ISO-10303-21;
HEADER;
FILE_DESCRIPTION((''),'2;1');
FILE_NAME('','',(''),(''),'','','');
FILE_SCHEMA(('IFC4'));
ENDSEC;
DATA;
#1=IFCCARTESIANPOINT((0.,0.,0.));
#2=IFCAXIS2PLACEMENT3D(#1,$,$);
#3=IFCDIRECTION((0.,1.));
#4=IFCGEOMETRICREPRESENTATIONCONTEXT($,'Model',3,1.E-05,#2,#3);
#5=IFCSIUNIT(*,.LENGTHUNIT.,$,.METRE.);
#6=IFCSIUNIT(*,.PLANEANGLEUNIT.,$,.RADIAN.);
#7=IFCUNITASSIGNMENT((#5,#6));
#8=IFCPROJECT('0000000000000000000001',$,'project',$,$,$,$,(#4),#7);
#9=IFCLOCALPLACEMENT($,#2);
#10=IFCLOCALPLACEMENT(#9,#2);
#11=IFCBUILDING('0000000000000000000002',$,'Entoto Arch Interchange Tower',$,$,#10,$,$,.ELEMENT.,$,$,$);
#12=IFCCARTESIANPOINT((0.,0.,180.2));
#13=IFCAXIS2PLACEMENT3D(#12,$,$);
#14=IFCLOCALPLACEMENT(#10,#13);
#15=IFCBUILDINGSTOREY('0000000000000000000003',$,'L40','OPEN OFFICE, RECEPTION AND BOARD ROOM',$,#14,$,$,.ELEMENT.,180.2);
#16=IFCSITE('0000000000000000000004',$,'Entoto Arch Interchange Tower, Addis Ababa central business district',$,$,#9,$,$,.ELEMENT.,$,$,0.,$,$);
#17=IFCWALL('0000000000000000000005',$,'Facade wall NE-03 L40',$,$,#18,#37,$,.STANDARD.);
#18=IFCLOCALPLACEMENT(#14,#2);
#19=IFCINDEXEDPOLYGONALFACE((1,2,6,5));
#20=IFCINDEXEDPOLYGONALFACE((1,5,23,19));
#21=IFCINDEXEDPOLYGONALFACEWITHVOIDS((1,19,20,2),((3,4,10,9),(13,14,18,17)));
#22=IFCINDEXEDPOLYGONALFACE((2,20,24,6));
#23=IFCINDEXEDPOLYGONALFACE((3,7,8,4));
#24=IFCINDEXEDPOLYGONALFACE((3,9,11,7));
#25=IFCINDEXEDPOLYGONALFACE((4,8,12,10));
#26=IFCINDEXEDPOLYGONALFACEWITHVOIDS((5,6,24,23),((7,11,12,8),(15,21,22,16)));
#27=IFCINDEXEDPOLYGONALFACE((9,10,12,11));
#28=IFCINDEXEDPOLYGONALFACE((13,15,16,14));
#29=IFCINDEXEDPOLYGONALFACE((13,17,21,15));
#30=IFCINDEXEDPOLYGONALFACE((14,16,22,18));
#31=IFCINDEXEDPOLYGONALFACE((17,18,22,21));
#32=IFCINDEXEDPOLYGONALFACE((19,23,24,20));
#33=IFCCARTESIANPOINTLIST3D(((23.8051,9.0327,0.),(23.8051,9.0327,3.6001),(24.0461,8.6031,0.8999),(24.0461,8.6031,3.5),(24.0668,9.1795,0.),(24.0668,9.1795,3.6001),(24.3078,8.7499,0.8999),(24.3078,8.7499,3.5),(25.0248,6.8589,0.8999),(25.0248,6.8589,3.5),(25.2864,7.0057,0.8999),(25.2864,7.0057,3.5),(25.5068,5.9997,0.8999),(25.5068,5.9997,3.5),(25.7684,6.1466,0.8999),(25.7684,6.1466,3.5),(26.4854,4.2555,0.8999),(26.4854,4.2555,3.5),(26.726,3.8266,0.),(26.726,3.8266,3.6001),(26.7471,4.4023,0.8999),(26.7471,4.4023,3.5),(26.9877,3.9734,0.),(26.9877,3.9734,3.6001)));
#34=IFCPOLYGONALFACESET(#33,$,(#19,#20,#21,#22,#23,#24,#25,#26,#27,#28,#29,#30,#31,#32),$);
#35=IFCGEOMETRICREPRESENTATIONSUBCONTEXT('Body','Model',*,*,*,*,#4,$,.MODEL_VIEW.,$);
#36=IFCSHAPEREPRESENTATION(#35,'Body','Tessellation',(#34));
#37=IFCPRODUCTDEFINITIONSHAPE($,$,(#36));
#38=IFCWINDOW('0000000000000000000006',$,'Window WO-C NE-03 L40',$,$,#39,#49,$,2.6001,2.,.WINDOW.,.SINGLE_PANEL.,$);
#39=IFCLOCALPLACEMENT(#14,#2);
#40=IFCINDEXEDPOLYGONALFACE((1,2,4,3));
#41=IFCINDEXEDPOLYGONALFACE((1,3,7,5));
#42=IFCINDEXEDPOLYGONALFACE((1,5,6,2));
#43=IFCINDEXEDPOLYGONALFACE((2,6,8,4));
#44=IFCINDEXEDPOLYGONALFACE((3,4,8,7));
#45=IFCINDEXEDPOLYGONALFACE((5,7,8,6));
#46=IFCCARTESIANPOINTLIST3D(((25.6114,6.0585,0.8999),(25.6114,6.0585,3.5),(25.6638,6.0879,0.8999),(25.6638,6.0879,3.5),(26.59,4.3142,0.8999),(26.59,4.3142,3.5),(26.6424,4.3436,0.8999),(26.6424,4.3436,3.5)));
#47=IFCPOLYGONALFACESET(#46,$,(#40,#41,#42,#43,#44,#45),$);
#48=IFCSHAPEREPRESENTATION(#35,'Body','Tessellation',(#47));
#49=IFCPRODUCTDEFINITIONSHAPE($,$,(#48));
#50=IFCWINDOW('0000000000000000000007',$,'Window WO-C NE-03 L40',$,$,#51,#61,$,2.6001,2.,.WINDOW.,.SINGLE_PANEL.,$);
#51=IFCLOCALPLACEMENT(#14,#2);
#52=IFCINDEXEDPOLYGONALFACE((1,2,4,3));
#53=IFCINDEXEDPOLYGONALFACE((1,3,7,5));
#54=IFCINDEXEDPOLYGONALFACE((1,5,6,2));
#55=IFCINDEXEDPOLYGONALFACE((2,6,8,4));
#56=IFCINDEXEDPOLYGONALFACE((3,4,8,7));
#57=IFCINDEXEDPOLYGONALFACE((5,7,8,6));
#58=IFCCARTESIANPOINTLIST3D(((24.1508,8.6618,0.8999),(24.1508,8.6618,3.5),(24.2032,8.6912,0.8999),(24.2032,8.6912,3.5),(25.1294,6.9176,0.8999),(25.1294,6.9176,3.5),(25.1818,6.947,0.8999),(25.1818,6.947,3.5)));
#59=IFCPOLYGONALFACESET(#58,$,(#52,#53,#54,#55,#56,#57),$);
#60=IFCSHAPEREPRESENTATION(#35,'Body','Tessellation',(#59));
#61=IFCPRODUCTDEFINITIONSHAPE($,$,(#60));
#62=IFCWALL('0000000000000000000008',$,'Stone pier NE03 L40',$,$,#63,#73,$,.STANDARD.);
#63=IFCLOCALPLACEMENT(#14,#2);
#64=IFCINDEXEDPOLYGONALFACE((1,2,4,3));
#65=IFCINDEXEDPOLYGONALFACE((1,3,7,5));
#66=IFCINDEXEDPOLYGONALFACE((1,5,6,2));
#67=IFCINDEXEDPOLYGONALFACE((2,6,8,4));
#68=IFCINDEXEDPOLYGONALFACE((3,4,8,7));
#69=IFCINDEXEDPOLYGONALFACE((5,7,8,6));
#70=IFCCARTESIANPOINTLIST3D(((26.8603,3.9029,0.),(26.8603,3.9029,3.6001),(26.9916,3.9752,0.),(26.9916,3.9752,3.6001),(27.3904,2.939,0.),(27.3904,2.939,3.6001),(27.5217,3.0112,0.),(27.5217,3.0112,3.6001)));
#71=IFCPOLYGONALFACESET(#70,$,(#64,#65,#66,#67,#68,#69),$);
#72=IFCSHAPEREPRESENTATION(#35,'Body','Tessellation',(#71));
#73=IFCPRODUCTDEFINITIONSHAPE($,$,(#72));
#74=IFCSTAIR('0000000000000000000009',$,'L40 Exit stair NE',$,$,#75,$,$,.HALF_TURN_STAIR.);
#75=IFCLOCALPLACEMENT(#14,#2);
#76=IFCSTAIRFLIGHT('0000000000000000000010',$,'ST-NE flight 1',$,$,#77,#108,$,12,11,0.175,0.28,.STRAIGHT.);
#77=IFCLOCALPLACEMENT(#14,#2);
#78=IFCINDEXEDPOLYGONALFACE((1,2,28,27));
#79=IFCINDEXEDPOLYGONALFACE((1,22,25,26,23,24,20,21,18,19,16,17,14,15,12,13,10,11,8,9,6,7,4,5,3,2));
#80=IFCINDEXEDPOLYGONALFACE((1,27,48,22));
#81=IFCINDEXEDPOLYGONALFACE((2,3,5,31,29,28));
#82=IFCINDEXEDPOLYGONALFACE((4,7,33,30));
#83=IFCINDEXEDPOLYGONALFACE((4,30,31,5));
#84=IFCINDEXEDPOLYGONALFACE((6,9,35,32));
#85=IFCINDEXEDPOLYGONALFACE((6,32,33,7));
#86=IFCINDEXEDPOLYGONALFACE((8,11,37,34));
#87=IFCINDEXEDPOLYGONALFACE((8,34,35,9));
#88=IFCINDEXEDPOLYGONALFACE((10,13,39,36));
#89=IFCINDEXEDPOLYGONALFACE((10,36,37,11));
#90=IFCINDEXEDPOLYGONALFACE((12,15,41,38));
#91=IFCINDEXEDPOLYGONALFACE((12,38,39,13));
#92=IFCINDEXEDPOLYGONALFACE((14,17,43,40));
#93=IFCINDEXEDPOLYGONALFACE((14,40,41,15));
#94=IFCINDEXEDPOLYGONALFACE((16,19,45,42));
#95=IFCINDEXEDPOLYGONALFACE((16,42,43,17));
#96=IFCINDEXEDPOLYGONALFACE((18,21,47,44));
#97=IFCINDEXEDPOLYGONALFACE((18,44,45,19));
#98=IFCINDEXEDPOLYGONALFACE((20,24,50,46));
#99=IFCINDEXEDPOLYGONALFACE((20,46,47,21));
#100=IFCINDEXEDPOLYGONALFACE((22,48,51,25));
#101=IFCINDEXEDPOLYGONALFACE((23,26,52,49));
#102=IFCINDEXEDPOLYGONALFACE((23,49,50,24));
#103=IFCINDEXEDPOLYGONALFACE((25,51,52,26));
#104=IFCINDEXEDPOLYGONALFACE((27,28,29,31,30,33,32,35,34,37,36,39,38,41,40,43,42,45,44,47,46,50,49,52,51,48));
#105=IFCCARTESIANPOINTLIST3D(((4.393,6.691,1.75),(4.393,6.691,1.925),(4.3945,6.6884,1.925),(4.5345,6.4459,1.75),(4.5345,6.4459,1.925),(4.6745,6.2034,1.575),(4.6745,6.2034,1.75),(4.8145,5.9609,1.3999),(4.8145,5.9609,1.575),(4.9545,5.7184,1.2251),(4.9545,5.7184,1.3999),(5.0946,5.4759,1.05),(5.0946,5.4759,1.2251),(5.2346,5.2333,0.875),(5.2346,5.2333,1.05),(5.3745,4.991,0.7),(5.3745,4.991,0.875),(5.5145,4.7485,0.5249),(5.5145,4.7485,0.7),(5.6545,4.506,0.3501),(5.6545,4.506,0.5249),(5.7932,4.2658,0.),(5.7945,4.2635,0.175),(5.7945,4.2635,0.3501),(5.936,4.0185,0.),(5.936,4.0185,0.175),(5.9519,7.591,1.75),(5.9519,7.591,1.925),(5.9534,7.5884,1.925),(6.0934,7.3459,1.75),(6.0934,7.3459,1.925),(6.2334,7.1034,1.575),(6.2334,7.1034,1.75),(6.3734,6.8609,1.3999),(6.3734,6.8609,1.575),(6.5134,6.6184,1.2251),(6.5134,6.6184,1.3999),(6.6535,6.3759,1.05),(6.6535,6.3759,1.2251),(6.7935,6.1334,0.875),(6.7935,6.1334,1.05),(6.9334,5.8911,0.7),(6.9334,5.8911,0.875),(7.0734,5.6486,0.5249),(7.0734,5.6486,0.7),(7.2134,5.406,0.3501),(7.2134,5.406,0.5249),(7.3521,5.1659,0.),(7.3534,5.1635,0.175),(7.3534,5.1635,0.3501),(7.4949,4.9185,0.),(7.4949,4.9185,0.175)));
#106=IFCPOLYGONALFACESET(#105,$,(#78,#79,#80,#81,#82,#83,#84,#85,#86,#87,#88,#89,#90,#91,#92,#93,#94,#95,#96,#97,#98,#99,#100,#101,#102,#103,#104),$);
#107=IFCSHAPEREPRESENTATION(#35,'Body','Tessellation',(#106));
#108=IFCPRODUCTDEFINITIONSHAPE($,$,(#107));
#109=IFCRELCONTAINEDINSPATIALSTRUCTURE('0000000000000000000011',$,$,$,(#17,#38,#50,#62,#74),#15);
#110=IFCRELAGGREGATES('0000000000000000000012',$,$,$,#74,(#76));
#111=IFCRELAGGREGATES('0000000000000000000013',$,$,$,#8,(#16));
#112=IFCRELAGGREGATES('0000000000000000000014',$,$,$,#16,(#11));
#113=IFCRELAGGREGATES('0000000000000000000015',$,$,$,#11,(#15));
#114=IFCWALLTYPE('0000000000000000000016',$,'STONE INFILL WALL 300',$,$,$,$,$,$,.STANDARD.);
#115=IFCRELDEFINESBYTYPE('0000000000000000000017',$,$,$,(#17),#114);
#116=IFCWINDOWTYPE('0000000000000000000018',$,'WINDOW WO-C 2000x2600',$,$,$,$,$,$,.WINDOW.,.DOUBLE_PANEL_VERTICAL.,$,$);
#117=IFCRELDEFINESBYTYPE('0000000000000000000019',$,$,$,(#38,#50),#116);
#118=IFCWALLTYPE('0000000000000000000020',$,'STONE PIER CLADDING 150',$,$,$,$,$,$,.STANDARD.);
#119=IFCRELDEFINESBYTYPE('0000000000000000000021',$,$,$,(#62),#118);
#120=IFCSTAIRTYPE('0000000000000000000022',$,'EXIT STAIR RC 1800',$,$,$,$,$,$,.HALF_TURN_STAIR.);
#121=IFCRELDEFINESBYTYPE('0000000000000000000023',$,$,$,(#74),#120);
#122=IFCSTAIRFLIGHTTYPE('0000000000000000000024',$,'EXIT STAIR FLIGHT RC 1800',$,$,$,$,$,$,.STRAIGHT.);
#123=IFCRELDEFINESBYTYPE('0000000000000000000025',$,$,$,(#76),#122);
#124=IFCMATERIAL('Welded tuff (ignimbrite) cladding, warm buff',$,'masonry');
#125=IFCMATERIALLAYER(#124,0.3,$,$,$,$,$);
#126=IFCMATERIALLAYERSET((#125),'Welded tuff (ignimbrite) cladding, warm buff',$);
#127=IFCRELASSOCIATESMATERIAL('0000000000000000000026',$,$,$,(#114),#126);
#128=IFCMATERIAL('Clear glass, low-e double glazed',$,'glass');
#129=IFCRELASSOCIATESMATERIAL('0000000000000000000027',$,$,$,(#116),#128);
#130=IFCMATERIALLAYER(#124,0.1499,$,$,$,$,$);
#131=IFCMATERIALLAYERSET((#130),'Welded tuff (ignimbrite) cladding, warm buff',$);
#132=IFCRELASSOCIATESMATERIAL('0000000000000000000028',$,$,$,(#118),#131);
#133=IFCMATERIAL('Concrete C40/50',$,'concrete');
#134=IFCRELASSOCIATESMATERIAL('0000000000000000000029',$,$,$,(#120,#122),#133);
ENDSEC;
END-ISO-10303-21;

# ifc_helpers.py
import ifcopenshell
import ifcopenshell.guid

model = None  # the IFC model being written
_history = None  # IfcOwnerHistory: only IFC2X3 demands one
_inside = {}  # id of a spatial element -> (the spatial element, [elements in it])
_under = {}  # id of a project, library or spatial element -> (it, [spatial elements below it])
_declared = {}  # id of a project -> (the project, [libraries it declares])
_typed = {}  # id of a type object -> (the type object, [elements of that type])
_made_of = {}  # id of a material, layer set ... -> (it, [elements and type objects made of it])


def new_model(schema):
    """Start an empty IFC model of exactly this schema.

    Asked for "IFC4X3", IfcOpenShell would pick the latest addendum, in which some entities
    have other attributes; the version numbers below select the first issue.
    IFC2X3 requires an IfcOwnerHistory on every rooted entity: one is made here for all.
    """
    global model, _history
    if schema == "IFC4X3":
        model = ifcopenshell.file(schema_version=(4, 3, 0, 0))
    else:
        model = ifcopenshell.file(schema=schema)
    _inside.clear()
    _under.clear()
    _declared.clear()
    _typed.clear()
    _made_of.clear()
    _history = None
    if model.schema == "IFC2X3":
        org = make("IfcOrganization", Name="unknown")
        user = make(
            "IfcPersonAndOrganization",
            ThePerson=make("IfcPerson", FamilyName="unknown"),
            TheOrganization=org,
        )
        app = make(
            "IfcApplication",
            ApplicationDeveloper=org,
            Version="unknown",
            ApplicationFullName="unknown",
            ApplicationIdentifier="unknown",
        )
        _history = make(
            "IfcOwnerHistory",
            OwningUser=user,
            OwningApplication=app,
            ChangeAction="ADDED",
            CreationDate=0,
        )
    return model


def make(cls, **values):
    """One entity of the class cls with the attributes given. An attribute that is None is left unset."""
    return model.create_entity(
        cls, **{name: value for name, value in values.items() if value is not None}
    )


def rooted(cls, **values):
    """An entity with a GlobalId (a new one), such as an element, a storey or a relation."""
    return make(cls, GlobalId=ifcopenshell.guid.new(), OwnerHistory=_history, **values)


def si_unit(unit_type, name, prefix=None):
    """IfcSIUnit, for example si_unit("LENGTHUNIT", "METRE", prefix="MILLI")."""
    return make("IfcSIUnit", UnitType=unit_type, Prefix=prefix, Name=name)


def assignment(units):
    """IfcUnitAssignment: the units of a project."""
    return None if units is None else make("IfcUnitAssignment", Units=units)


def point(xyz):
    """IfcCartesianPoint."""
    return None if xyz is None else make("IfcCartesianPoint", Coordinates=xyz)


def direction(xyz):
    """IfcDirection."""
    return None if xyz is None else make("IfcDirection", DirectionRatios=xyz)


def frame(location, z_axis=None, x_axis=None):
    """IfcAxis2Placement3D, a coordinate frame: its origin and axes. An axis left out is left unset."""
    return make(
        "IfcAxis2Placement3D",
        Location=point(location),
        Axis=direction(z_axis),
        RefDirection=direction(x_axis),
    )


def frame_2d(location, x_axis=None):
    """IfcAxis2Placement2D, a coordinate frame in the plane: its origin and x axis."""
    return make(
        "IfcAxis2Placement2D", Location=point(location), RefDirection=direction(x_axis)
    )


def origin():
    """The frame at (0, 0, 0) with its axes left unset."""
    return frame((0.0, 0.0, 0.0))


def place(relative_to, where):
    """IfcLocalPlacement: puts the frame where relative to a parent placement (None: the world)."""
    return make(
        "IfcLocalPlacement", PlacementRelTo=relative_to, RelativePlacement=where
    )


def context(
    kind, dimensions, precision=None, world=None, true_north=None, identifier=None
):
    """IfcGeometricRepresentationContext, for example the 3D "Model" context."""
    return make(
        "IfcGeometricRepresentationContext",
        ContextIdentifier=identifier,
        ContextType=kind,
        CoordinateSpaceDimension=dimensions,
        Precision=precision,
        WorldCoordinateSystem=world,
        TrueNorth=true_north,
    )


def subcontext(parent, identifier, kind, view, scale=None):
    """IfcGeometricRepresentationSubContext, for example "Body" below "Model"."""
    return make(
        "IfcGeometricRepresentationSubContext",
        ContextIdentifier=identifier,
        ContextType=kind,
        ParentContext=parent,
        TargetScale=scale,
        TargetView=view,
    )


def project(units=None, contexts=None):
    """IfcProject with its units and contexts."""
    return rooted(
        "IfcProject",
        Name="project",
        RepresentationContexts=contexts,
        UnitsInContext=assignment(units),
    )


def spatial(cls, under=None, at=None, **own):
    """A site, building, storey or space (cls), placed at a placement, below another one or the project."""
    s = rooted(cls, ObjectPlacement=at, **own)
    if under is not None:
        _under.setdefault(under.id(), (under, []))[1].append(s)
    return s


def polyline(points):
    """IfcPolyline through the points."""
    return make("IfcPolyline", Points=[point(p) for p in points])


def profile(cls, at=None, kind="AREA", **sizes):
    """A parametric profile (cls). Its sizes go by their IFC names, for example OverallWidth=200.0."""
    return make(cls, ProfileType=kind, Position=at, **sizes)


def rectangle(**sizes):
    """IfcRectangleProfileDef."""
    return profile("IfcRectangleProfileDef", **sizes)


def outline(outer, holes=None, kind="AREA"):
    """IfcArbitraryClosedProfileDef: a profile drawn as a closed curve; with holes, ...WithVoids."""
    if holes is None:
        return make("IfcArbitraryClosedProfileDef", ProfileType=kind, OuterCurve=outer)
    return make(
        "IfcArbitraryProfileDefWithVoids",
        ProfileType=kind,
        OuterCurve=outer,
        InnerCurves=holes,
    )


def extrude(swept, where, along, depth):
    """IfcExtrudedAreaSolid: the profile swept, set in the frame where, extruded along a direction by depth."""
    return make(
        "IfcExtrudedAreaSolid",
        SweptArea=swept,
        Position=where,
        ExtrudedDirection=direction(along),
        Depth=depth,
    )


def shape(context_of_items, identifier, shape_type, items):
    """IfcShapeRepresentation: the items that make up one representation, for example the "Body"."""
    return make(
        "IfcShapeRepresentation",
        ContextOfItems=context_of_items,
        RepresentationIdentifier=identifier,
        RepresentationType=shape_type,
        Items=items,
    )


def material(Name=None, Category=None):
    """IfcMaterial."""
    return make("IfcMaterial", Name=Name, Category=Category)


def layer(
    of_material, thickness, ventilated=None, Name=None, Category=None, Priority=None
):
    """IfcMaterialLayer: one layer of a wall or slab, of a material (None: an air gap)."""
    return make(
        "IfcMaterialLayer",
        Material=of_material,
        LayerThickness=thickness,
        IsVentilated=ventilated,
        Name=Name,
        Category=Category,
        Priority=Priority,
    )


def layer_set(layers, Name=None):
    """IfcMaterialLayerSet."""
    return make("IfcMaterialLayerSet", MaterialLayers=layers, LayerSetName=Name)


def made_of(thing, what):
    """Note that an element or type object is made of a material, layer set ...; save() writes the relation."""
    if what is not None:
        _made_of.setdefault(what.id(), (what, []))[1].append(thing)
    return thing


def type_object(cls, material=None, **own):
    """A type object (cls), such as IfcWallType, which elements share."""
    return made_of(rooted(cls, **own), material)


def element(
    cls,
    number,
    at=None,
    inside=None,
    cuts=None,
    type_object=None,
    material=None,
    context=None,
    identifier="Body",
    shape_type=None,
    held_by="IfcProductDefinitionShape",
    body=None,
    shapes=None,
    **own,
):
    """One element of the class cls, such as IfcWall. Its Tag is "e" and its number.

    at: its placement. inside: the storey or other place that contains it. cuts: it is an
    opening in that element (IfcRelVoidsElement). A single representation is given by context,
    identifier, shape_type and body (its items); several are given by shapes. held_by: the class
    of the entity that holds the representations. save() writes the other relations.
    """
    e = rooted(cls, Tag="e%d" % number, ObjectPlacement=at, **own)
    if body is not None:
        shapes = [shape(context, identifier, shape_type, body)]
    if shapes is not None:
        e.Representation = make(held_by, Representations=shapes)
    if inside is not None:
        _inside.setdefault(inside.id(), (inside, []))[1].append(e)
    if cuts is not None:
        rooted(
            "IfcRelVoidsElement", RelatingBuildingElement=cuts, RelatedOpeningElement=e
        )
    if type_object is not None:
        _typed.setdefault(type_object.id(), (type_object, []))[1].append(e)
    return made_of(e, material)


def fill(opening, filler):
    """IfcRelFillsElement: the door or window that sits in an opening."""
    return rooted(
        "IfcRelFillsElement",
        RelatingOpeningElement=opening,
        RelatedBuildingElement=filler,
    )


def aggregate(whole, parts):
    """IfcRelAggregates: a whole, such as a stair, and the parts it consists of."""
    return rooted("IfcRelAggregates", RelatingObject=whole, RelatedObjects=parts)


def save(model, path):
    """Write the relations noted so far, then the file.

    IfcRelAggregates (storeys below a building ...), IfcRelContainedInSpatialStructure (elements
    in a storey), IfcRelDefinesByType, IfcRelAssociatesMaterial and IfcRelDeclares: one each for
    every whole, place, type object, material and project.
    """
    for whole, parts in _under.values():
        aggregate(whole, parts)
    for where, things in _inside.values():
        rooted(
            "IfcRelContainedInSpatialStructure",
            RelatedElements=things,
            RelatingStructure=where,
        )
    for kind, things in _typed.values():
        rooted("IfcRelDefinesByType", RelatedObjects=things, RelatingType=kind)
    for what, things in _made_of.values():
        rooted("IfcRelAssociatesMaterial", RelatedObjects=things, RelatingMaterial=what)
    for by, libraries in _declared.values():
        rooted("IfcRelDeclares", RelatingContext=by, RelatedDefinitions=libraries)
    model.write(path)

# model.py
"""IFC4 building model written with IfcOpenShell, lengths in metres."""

from ifc_helpers import new_model, si_unit, direction, frame, frame_2d, origin, place, context, subcontext, project, spatial, polyline, rectangle, outline, extrude, material, layer, layer_set, type_object, element, fill, aggregate, save


model = new_model("IFC4")

# Units and contexts
model_context = context("Model", 3, precision=1e-05, world=origin(), true_north=direction((0.0, 1.0)))
body_context = subcontext(model_context, "Body", "Model", "MODEL_VIEW")
ifc_project = project(units=[si_unit("LENGTHUNIT", "METRE"), si_unit("PLANEANGLEUNIT", "RADIAN")], contexts=[model_context])

# Site, building, storey
site_placement = place(None, origin())
site = spatial("IfcSite", under=ifc_project, at=site_placement, Name="Entoto Arch Interchange Tower, Addis Ababa central business district", CompositionType="ELEMENT", RefElevation=0.0)
building_placement = place(site_placement, origin())
building = spatial("IfcBuilding", under=site, at=building_placement, Name="Entoto Arch Interchange Tower", CompositionType="ELEMENT")
storey_placement = place(building_placement, frame((0.0, 0.0, 180.2)))
storey = spatial("IfcBuildingStorey", under=building, at=storey_placement, Name="L40", Description="OPEN OFFICE, RECEPTION AND BOARD ROOM", CompositionType="ELEMENT", Elevation=180.2)

# Shared definitions
ifc_material_1 = material(Name="Concrete C40/50", Category="concrete")

# Wall, openings, windows
ifc_material_2 = material(Name="Welded tuff (ignimbrite) cladding, warm buff", Category="masonry")
ifc_layer_1 = layer(ifc_material_2, 0.3)
ifc_layer_set_1 = layer_set([ifc_layer_1], Name="Welded tuff (ignimbrite) cladding, warm buff")
wall_type_1 = type_object("IfcWallType", Name="STONE INFILL WALL 300", PredefinedType="STANDARD", material=ifc_layer_set_1)
wall_1_placement = place(storey_placement, frame((26.8569, 3.8999, 0.0), z_axis=(0.0, 0.0, 1.0), x_axis=(-0.489306, 0.872112, 0.0)))
wall_1 = element("IfcWall", 1, at=wall_1_placement, inside=storey, type_object=wall_type_1, Name="Facade wall NE-03 L40", PredefinedType="STANDARD", context=body_context, shape_type="SweptSolid", body=[
    extrude(rectangle(XDim=5.9695, YDim=0.3, at=frame_2d((2.9849, 0.0))), origin(), (0.0, 0.0, 1.0), 3.6001),
])
opening_1_placement = place(wall_1_placement, frame((0.4919, 0.0, 0.8999)))
opening_1 = element("IfcOpeningElement", 2, at=opening_1_placement, cuts=wall_1, PredefinedType="OPENING", context=body_context, shape_type="SweptSolid", body=[
    extrude(rectangle(XDim=2.0, YDim=2.6001, at=frame_2d((1.0, 1.3))), frame((0.0, 0.1602, 0.0), z_axis=(0.0, -1.0, 0.0), x_axis=(1.0, 0.0, 0.0)), (0.0, 0.0, 1.0), 0.3201),
])
opening_2_placement = place(wall_1_placement, frame((3.4771, 0.0, 0.8999)))
opening_2 = element("IfcOpeningElement", 3, at=opening_2_placement, cuts=wall_1, PredefinedType="OPENING", context=body_context, shape_type="SweptSolid", body=[
    extrude(rectangle(XDim=2.0, YDim=2.6001, at=frame_2d((1.0, 1.3))), frame((0.0, 0.1602, 0.0), z_axis=(0.0, -1.0, 0.0), x_axis=(1.0, 0.0, 0.0)), (0.0, 0.0, 1.0), 0.3201),
])
ifc_material_3 = material(Name="Clear glass, low-e double glazed", Category="glass")
window_type = type_object("IfcWindowType", Name="WINDOW WO-C 2000x2600", PartitioningType="DOUBLE_PANEL_VERTICAL", PredefinedType="WINDOW", material=ifc_material_3)
window_1_placement = place(opening_1_placement, origin())
window_1 = element("IfcWindow", 4, at=window_1_placement, inside=storey, type_object=window_type, Name="Window WO-C NE-03 L40", OverallHeight=2.6001, OverallWidth=2.0, PartitioningType="SINGLE_PANEL", PredefinedType="WINDOW", context=body_context, shape_type="SweptSolid", body=[
    extrude(rectangle(XDim=2.0, YDim=2.6001, at=frame_2d((1.0, 1.3))), frame((0.0, 0.03, 0.0), z_axis=(0.0, -1.0, 0.0), x_axis=(1.0, 0.0, 0.0)), (0.0, 0.0, 1.0), 0.0601),
])
fill(opening_1, window_1)
window_2_placement = place(opening_2_placement, origin())
window_2 = element("IfcWindow", 5, at=window_2_placement, inside=storey, type_object=window_type, Name="Window WO-C NE-03 L40", OverallHeight=2.6001, OverallWidth=2.0, PartitioningType="SINGLE_PANEL", PredefinedType="WINDOW", context=body_context, shape_type="SweptSolid", body=[
    extrude(rectangle(XDim=2.0, YDim=2.6001, at=frame_2d((1.0, 1.3))), frame((0.0, 0.03, 0.0), z_axis=(0.0, -1.0, 0.0), x_axis=(1.0, 0.0, 0.0)), (0.0, 0.0, 1.0), 0.0601),
])
fill(opening_2, window_2)

# Wall
ifc_layer_2 = layer(ifc_material_2, 0.1499)
ifc_layer_set_2 = layer_set([ifc_layer_2], Name="Welded tuff (ignimbrite) cladding, warm buff")
wall_type_2 = type_object("IfcWallType", Name="STONE PIER CLADDING 150", PredefinedType="STANDARD", material=ifc_layer_set_2)
wall_2_placement = place(storey_placement, frame((27.4561, 2.9751, 0.0), z_axis=(0.0, 0.0, 1.0), x_axis=(-0.481851, 0.876253, 0.0)))
element("IfcWall", 6, at=wall_2_placement, inside=storey, type_object=wall_type_2, Name="Stone pier NE03 L40", PredefinedType="STANDARD", context=body_context, shape_type="SweptSolid", body=[
    extrude(rectangle(XDim=1.1001, YDim=0.1499, at=frame_2d((0.55, 0.0))), origin(), (0.0, 0.0, 1.0), 3.6001),
])

# Stair, stair flight
stair_type = type_object("IfcStairType", Name="EXIT STAIR RC 1800", PredefinedType="HALF_TURN_STAIR", material=ifc_material_1)
stair_placement = place(storey_placement, origin())
stair = element("IfcStair", 7, at=stair_placement, inside=storey, type_object=stair_type, Name="L40 Exit stair NE", PredefinedType="HALF_TURN_STAIR")
stair_flight_type = type_object("IfcStairFlightType", Name="EXIT STAIR FLIGHT RC 1800", PredefinedType="STRAIGHT", material=ifc_material_1)
stair_flight_placement = place(storey_placement, frame((6.7139, 4.4709, 0.0), z_axis=(0.0, 0.0, 1.0), x_axis=(-0.5, 0.866025, 0.0)))
stair_flight = element("IfcStairFlight", 8, at=stair_flight_placement, type_object=stair_flight_type, Name="ST-NE flight 1", NumberOfRisers=12, NumberOfTreads=11, PredefinedType="STRAIGHT", RiserHeight=0.175, TreadLength=0.28, context=body_context, shape_type="SweptSolid", body=[
    extrude(outline(polyline([(-0.0029, 0.0), (-0.0029, 0.175), (0.28, 0.175), (0.28, 0.3501), (0.5601, 0.3501), (0.5601, 0.5249), (0.8401, 0.5249), (0.8401, 0.7), (1.1201, 0.7), (1.1201, 0.875), (1.3999, 0.875), (1.3999, 1.05), (1.6799, 1.05), (1.6799, 1.2251), (1.96, 1.2251), (1.96, 1.3999), (2.24, 1.3999), (2.24, 1.575), (2.52, 1.575), (2.52, 1.75), (2.8, 1.75), (2.8, 1.925), (3.0801, 1.925), (3.083, 1.925), (3.083, 1.75), (0.2827, 0.0), (-0.0029, 0.0)])), frame((0.0, 0.8999, 0.0), z_axis=(0.0, -1.0, 0.0), x_axis=(1.0, 0.0, 0.0)), (0.0, 0.0, 1.0), 1.8),
])
aggregate(stair, [stair_flight])

save(model, "model.ifc")
